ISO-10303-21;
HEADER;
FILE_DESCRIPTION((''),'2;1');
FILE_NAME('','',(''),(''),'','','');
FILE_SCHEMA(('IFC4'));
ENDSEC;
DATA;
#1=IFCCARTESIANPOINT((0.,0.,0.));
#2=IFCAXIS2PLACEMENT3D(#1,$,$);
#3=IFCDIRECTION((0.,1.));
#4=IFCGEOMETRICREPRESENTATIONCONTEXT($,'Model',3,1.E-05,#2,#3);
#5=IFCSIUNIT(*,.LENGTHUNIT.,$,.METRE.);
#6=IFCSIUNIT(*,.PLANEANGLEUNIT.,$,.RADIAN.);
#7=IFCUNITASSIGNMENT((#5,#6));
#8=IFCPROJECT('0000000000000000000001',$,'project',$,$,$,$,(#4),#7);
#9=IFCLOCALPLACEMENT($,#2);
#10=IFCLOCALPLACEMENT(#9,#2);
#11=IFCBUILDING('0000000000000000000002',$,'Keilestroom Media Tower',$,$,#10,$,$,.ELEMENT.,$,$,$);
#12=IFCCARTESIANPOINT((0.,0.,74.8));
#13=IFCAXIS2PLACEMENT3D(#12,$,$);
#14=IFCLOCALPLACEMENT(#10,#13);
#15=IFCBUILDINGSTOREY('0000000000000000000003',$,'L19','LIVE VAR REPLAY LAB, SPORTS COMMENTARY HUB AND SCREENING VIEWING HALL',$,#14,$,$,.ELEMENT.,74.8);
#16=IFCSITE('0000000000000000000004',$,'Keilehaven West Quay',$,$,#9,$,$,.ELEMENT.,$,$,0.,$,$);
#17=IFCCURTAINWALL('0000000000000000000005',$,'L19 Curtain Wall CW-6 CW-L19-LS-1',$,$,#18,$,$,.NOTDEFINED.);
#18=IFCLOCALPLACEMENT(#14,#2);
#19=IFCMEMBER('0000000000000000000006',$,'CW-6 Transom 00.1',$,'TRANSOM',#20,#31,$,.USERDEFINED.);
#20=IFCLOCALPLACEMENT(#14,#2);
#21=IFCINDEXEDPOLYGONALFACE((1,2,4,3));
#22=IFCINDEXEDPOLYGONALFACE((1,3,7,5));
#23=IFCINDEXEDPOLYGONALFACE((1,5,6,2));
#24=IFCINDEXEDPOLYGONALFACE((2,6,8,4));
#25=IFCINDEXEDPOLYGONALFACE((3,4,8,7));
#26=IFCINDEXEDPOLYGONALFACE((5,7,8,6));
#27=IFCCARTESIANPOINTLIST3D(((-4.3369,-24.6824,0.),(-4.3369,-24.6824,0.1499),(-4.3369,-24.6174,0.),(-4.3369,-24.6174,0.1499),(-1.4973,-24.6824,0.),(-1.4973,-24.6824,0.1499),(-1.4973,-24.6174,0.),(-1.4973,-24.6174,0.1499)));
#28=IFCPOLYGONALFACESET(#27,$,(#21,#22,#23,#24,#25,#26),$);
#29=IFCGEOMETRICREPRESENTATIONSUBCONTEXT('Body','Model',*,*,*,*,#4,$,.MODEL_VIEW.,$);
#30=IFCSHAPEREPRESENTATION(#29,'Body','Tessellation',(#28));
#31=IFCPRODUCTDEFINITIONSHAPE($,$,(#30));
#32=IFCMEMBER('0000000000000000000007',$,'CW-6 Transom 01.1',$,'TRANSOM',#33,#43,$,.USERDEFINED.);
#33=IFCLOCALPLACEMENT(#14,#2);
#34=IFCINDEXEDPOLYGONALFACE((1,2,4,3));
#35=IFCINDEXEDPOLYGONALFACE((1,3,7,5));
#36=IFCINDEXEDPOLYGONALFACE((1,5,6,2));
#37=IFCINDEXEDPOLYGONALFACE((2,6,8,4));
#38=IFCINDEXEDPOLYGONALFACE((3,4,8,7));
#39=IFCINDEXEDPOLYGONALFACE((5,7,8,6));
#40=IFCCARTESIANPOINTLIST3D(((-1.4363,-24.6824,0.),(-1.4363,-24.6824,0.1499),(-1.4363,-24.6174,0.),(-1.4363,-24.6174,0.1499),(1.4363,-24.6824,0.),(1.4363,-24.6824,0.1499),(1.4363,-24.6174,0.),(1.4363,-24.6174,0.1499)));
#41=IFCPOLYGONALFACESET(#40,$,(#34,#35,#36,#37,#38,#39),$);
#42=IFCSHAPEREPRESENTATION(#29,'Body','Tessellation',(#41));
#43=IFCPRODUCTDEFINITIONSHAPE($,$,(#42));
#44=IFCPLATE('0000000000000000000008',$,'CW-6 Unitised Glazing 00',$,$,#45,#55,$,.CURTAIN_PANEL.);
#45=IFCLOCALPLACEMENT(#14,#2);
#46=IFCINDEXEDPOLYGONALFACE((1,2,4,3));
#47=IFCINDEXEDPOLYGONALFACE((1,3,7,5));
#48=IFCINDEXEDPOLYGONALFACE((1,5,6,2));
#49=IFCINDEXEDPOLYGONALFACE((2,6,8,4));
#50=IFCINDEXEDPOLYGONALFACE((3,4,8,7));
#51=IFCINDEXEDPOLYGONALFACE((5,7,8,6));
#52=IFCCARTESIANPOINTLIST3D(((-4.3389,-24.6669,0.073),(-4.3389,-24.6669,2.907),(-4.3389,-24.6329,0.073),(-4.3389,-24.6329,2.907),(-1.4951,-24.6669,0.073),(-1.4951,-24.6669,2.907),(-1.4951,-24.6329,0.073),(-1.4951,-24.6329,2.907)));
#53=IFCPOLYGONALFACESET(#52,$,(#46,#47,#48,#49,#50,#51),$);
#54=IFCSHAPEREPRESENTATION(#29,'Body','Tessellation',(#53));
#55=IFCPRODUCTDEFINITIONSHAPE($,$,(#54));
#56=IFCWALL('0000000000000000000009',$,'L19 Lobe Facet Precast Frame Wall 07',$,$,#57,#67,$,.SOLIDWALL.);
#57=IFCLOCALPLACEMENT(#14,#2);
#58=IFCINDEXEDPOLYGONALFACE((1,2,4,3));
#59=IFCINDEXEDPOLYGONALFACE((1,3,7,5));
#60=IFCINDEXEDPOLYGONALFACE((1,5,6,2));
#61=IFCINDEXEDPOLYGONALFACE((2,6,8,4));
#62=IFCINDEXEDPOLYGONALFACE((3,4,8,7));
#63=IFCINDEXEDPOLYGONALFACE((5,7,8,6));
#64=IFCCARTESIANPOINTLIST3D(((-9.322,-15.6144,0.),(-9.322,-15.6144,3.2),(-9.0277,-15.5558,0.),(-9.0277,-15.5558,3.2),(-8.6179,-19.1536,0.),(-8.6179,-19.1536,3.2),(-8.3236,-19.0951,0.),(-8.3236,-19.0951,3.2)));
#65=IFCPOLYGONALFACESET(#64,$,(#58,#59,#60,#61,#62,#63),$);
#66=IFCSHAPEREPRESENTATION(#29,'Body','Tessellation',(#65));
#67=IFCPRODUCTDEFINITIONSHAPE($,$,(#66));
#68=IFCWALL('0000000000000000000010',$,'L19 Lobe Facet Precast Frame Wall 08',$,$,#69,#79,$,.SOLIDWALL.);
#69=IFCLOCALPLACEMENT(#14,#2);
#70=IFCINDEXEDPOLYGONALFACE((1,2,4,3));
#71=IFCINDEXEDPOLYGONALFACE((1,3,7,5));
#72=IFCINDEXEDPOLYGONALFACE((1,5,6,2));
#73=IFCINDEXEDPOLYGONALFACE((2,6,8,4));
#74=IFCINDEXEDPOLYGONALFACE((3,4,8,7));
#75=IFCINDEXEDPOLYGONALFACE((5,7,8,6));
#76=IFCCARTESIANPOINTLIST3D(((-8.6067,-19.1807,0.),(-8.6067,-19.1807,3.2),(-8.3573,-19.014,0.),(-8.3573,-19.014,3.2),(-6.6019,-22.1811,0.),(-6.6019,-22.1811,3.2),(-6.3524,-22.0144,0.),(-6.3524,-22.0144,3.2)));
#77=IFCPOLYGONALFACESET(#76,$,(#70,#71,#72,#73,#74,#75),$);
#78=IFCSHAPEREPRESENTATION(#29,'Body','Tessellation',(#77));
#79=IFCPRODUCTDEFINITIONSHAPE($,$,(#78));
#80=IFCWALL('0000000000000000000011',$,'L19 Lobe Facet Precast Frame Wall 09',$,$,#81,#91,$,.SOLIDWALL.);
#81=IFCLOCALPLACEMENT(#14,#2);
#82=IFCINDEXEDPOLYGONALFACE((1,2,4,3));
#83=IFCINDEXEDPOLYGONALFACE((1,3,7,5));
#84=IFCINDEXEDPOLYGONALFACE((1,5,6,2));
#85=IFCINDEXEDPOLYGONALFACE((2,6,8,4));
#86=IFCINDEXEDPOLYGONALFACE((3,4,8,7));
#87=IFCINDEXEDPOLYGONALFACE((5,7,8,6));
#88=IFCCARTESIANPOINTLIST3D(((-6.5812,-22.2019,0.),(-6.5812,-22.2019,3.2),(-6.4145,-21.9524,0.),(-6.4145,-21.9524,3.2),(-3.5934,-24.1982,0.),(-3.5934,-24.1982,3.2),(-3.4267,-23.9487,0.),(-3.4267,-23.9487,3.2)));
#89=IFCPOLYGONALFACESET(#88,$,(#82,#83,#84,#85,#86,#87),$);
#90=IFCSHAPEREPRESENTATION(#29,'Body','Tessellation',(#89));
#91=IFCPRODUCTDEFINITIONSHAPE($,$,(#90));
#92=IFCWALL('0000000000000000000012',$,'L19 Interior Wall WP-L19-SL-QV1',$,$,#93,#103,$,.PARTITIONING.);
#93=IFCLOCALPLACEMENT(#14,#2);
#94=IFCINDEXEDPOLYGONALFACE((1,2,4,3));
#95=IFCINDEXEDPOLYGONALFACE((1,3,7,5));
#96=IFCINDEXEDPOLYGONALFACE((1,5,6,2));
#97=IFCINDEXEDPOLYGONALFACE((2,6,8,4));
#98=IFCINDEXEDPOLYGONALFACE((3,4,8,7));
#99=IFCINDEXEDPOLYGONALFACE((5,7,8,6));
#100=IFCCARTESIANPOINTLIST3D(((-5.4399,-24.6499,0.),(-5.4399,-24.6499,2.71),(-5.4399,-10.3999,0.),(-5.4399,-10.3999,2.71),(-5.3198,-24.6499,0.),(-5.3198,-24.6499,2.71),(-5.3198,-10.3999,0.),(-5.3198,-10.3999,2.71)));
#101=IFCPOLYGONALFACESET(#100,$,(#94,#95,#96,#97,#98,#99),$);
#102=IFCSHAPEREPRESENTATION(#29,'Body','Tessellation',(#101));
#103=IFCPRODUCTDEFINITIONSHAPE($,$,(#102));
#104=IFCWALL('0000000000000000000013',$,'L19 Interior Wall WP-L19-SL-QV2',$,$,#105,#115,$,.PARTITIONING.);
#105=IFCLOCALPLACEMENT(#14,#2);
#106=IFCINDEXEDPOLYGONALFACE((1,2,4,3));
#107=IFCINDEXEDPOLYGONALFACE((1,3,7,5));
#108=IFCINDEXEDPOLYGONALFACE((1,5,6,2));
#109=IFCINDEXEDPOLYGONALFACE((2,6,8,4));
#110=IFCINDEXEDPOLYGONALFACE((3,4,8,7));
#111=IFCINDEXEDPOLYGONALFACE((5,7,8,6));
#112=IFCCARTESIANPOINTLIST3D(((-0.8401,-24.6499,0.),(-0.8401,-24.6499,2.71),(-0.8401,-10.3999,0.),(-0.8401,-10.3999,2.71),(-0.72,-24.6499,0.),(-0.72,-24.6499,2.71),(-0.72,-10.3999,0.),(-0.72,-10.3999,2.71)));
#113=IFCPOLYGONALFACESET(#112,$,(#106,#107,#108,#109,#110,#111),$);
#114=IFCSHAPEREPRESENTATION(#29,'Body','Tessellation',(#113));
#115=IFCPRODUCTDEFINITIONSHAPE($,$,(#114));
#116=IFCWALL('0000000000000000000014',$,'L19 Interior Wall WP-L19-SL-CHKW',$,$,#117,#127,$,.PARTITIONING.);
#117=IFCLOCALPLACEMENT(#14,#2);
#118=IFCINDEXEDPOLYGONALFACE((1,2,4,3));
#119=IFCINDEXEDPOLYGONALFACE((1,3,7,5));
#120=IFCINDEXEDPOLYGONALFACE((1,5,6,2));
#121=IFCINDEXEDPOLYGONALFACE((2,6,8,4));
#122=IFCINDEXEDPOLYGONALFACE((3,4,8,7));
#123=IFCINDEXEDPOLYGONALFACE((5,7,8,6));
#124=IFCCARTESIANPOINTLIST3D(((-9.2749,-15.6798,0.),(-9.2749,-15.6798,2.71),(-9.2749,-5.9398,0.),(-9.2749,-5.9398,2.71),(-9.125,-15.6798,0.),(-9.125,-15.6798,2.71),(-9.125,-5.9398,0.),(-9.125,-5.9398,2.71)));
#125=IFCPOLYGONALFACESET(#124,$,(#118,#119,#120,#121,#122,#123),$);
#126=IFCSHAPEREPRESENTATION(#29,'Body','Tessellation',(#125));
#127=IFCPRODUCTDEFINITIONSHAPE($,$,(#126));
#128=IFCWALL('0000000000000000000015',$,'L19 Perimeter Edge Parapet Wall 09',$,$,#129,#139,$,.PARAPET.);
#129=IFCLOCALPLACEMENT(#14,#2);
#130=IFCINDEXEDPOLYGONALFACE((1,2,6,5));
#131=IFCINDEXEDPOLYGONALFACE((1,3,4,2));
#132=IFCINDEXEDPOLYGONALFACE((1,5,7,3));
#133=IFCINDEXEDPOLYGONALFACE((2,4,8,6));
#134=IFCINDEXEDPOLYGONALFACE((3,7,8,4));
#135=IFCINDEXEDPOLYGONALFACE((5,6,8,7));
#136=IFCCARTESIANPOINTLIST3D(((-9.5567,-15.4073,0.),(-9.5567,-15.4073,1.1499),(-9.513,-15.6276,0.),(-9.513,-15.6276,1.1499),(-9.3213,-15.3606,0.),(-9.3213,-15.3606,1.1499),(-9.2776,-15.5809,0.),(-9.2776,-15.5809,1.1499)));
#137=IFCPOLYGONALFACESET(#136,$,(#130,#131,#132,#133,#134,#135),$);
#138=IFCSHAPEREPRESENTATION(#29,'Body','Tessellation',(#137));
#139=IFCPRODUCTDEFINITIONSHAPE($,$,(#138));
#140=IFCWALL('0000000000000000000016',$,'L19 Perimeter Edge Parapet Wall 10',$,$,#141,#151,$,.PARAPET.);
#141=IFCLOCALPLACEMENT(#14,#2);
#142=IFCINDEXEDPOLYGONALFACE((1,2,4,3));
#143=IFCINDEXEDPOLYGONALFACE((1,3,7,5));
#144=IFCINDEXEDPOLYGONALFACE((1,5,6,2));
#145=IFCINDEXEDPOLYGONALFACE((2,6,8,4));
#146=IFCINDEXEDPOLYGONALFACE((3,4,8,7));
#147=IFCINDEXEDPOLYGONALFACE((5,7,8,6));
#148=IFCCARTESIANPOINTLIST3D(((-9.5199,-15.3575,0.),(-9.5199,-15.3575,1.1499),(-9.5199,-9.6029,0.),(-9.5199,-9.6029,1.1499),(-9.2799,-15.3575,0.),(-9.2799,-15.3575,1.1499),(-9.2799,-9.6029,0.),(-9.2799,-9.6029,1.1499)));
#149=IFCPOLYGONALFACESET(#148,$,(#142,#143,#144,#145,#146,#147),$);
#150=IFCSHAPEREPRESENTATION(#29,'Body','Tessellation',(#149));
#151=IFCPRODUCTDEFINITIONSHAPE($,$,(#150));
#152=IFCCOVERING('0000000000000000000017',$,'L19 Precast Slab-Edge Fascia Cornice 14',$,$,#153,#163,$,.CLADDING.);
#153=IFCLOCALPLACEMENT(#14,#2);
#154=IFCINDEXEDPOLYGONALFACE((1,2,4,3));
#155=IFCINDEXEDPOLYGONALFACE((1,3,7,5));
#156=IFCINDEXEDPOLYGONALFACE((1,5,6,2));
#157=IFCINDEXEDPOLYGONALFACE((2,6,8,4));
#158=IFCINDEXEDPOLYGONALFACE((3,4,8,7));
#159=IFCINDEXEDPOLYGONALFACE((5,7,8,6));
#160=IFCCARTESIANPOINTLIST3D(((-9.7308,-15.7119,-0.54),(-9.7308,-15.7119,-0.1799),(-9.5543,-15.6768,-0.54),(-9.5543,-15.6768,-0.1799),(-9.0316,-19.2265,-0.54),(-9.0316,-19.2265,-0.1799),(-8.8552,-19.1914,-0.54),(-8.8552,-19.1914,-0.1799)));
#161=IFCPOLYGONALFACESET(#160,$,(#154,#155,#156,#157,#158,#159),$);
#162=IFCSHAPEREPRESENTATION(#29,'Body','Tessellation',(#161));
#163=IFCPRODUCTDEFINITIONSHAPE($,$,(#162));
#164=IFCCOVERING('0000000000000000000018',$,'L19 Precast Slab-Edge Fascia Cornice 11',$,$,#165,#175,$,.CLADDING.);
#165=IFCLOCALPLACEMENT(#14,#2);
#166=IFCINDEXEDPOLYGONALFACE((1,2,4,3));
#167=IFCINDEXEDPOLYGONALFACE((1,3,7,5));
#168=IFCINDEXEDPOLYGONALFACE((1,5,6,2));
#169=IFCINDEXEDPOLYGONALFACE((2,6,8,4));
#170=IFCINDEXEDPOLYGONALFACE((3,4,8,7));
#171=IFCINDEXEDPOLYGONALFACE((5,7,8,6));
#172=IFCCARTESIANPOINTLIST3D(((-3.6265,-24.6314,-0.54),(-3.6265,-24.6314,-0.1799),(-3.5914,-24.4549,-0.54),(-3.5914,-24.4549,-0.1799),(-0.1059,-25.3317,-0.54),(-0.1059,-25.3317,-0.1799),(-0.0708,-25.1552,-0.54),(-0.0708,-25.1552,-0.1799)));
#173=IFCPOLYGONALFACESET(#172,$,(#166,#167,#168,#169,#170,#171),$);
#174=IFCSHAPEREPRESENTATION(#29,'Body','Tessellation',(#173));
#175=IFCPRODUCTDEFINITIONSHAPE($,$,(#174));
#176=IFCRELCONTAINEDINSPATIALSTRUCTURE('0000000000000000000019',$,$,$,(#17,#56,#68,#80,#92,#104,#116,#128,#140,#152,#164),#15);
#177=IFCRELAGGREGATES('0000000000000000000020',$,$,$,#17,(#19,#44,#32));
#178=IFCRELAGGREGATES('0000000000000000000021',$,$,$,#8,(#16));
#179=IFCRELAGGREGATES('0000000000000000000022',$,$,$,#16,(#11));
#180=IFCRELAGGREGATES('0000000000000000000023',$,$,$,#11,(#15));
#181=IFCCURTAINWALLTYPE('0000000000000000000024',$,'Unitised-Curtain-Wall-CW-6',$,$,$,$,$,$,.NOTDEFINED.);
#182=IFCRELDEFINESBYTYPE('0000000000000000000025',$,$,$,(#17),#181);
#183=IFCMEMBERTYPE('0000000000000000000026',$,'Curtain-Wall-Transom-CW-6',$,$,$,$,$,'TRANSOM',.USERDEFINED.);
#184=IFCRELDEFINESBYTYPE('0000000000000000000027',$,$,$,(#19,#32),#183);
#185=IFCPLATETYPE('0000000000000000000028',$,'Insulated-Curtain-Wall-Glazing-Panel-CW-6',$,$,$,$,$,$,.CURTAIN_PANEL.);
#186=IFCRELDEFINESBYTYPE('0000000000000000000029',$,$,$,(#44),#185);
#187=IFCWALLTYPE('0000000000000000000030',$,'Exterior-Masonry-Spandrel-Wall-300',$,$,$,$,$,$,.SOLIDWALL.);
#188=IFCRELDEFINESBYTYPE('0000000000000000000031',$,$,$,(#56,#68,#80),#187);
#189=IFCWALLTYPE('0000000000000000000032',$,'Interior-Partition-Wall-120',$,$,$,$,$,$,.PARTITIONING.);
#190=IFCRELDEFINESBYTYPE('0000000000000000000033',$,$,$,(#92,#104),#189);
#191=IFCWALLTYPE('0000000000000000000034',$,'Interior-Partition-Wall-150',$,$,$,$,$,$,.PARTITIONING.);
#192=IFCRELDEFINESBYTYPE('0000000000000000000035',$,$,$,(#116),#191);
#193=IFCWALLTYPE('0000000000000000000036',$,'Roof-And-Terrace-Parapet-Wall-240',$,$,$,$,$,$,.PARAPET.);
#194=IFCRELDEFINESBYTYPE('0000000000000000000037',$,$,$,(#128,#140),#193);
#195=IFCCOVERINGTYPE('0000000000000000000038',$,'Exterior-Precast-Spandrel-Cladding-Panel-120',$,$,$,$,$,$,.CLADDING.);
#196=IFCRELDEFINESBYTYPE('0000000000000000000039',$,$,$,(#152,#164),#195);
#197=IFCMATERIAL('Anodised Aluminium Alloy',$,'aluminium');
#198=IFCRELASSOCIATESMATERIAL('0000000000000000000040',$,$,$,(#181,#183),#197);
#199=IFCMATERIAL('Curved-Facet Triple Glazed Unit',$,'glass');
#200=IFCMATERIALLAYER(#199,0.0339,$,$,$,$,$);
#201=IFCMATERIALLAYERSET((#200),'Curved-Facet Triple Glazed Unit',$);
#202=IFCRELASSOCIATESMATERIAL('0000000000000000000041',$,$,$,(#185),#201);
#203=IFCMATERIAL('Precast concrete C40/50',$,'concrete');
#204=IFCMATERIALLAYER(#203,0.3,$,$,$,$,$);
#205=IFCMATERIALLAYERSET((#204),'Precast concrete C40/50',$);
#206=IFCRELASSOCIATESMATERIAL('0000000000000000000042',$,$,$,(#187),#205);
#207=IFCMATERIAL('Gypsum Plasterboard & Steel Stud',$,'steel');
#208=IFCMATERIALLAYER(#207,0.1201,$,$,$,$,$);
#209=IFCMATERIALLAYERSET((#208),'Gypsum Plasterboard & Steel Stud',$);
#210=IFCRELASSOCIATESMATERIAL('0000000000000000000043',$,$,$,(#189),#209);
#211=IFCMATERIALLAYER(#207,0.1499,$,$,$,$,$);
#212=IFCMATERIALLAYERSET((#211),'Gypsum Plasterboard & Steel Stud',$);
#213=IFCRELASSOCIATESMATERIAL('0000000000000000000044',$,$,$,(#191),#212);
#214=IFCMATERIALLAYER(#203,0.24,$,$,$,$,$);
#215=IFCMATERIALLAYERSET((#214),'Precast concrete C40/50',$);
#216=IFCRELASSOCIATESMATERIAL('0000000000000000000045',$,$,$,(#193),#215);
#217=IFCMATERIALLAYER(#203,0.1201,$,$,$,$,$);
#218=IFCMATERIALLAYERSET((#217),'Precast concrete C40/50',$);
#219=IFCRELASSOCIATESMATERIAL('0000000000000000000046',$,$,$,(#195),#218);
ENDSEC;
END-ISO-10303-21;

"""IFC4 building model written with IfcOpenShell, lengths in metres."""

from ifc_helpers import new_model, si_unit, direction, frame, frame_2d, origin, origin_2d, place, context, subcontext, project, spatial, rectangle, extrude, source, transform, mapped, material, layer, layer_set, material_profile, profile_set, type_object, element, aggregate, save


model = new_model("IFC4")

# Units and contexts
model_context = context("Model", 3, precision=1e-05, world=origin(), true_north=direction((0.0, 1.0)))
body_context = subcontext(model_context, "Body", "Model", "MODEL_VIEW")
ifc_project = project(units=[si_unit("LENGTHUNIT", "METRE"), si_unit("PLANEANGLEUNIT", "RADIAN")], contexts=[model_context])

# Site, building, storey
site_placement = place(None, origin())
site = spatial("IfcSite", under=ifc_project, at=site_placement, Name="Keilehaven West Quay", CompositionType="ELEMENT", RefElevation=0.0)
building_placement = place(site_placement, origin())
building = spatial("IfcBuilding", under=site, at=building_placement, Name="Keilestroom Media Tower", CompositionType="ELEMENT")
storey_placement = place(building_placement, frame((0.0, 0.0, 74.8)))
storey = spatial("IfcBuildingStorey", under=building, at=storey_placement, Name="L19", Description="LIVE VAR REPLAY LAB, SPORTS COMMENTARY HUB AND SCREENING VIEWING HALL", CompositionType="ELEMENT", Elevation=74.8)

# Curtain wall, members, plate
ifc_material_1 = material(Name="Anodised Aluminium Alloy", Category="aluminium")
curtain_wall_type = type_object("IfcCurtainWallType", Name="Unitised-Curtain-Wall-CW-6", PredefinedType="NOTDEFINED", material=ifc_material_1)
curtain_wall_placement = place(storey_placement, origin())
curtain_wall = element("IfcCurtainWall", 1, at=curtain_wall_placement, inside=storey, type_object=curtain_wall_type, Name="L19 Curtain Wall CW-6 CW-L19-LS-1", PredefinedType="NOTDEFINED")
ifc_material_profile_1 = material_profile(ifc_material_1, rectangle(XDim=0.0649, YDim=0.1499, at=origin_2d()), Name="ALU TRANSOM 65x150")
ifc_profile_set_1 = profile_set([ifc_material_profile_1], Name="Anodised Aluminium Alloy")
member_type_1 = type_object("IfcMemberType", Name="Curtain-Wall-Transom-CW-6", ElementType="TRANSOM", PredefinedType="USERDEFINED", material=ifc_profile_set_1)
shared_shape_1 = source(origin(), body_context, "Body", "SweptSolid", [
    extrude(rectangle(XDim=0.0649, YDim=0.1499, at=origin_2d()), origin(), (0.0, 0.0, 1.0), 2.8396),
])
member_1_placement = place(storey_placement, frame((-4.3369, -24.6499, 0.075), z_axis=(1.0, 0.0, 0.0), x_axis=(0.0, 1.0, 0.0)))
member_1 = element("IfcMember", 2, at=member_1_placement, type_object=member_type_1, Name="CW-6 Transom 00.1", ObjectType="TRANSOM", PredefinedType="USERDEFINED", context=body_context, shape_type="MappedRepresentation", body=[
    mapped(shared_shape_1, transform((0.0, 0.0, 0.0), x_axis=(1.0, 0.0, 0.0), y_axis=(0.0, 1.0, 0.0), z_axis=(0.0, 0.0, 1.0), scale=1.0)),
])
shared_shape_2 = source(origin(), body_context, "Body", "SweptSolid", [
    extrude(rectangle(XDim=0.0649, YDim=0.1499, at=origin_2d()), origin(), (0.0, 0.0, 1.0), 2.8726),
])
member_2_placement = place(storey_placement, frame((-1.4363, -24.6499, 0.075), z_axis=(1.0, 0.0, 0.0), x_axis=(0.0, 1.0, 0.0)))
member_2 = element("IfcMember", 3, at=member_2_placement, type_object=member_type_1, Name="CW-6 Transom 01.1", ObjectType="TRANSOM", PredefinedType="USERDEFINED", context=body_context, shape_type="MappedRepresentation", body=[
    mapped(shared_shape_2, transform((0.0, 0.0, 0.0), x_axis=(1.0, 0.0, 0.0), y_axis=(0.0, 1.0, 0.0), z_axis=(0.0, 0.0, 1.0), scale=1.0)),
])
ifc_material_2 = material(Name="Curved-Facet Triple Glazed Unit", Category="glass")
ifc_layer_1 = layer(ifc_material_2, 0.0339)
ifc_layer_set_1 = layer_set([ifc_layer_1], Name="Curved-Facet Triple Glazed Unit")
plate_type = type_object("IfcPlateType", Name="Insulated-Curtain-Wall-Glazing-Panel-CW-6", PredefinedType="CURTAIN_PANEL", material=ifc_layer_set_1)
shared_shape_3 = source(origin(), body_context, "Body", "SweptSolid", [
    extrude(rectangle(XDim=2.8438, YDim=0.0339, at=origin_2d()), origin(), (0.0, 0.0, 1.0), 2.834),
])
plate_placement = place(storey_placement, frame((-2.917, -24.6499, 0.073), z_axis=(0.0, 0.0, 1.0), x_axis=(1.0, 0.0, 0.0)))
plate = element("IfcPlate", 4, at=plate_placement, type_object=plate_type, Name="CW-6 Unitised Glazing 00", PredefinedType="CURTAIN_PANEL", context=body_context, shape_type="MappedRepresentation", body=[
    mapped(shared_shape_3, transform((0.0, 0.0, 0.0), x_axis=(1.0, 0.0, 0.0), y_axis=(0.0, 1.0, 0.0), z_axis=(0.0, 0.0, 1.0), scale=1.0)),
])
aggregate(curtain_wall, [member_1, plate, member_2])

# Walls
ifc_material_3 = material(Name="Precast concrete C40/50", Category="concrete")
ifc_layer_2 = layer(ifc_material_3, 0.3)
ifc_layer_set_2 = layer_set([ifc_layer_2], Name="Precast concrete C40/50")
wall_type_1 = type_object("IfcWallType", Name="Exterior-Masonry-Spandrel-Wall-300", PredefinedType="SOLIDWALL", material=ifc_layer_set_2)
for number, where, z_axis, x_axis, name in (
    (5, (-9.1748, -15.5852, 0.0), (0.0, 0.0, 1.0), (0.195114, -0.980781, 0.0), "L19 Lobe Facet Precast Frame Wall 07"),
    (6, (-8.4819, -19.0974, 0.0), (0.0, 0.0, 1.0), (0.555574, -0.831467, 0.0), "L19 Lobe Facet Precast Frame Wall 08"),
):
    element("IfcWall", number, at=place(storey_placement, frame(where, z_axis=z_axis, x_axis=x_axis)), inside=storey, type_object=wall_type_1, Name=name, PredefinedType="SOLIDWALL", context=body_context, shape_type="SweptSolid", body=[
        extrude(rectangle(XDim=3.6086, YDim=0.3, at=frame_2d((1.8042, 0.0))), origin(), (0.0, 0.0, 1.0), 3.2),
    ])
wall_1_placement = place(storey_placement, frame((-6.4978, -22.0771, 0.0), z_axis=(0.0, 0.0, 1.0), x_axis=(0.831475, -0.555562, 0.0)))
element("IfcWall", 7, at=wall_1_placement, inside=storey, type_object=wall_type_1, Name="L19 Lobe Facet Precast Frame Wall 09", PredefinedType="SOLIDWALL", context=body_context, shape_type="SweptSolid", body=[
    extrude(rectangle(XDim=3.5933, YDim=0.3, at=frame_2d((1.7966, 0.0))), origin(), (0.0, 0.0, 1.0), 3.2),
])
ifc_material_4 = material(Name="Gypsum Plasterboard & Steel Stud", Category="steel")
ifc_layer_3 = layer(ifc_material_4, 0.1201)
ifc_layer_set_3 = layer_set([ifc_layer_3], Name="Gypsum Plasterboard & Steel Stud")
wall_type_2 = type_object("IfcWallType", Name="Interior-Partition-Wall-120", PredefinedType="PARTITIONING", material=ifc_layer_set_3)
for number, where, z_axis, x_axis, name in (
    (8, (-5.3799, -24.6499, 0.0), (0.0, 0.0, 1.0), (0.0, 1.0, 0.0), "L19 Interior Wall WP-L19-SL-QV1"),
    (9, (-0.78, -24.6499, 0.0), (0.0, 0.0, 1.0), (0.0, 1.0, 0.0), "L19 Interior Wall WP-L19-SL-QV2"),
):
    element("IfcWall", number, at=place(storey_placement, frame(where, z_axis=z_axis, x_axis=x_axis)), inside=storey, type_object=wall_type_2, Name=name, PredefinedType="PARTITIONING", context=body_context, shape_type="SweptSolid", body=[
        extrude(rectangle(XDim=14.25, YDim=0.1201, at=frame_2d((7.125, 0.0))), origin(), (0.0, 0.0, 1.0), 2.71),
    ])
ifc_layer_4 = layer(ifc_material_4, 0.1499)
ifc_layer_set_4 = layer_set([ifc_layer_4], Name="Gypsum Plasterboard & Steel Stud")
wall_type_3 = type_object("IfcWallType", Name="Interior-Partition-Wall-150", PredefinedType="PARTITIONING", material=ifc_layer_set_4)
wall_2_placement = place(storey_placement, frame((-9.2, -15.6799, 0.0), z_axis=(0.0, 0.0, 1.0), x_axis=(0.0, 1.0, 0.0)))
element("IfcWall", 10, at=wall_2_placement, inside=storey, type_object=wall_type_3, Name="L19 Interior Wall WP-L19-SL-CHKW", PredefinedType="PARTITIONING", context=body_context, shape_type="SweptSolid", body=[
    extrude(rectangle(XDim=9.74, YDim=0.1499, at=frame_2d((4.8701, 0.0))), origin(), (0.0, 0.0, 1.0), 2.71),
])
ifc_layer_5 = layer(ifc_material_3, 0.24)
ifc_layer_set_5 = layer_set([ifc_layer_5], Name="Precast concrete C40/50")
wall_type_4 = type_object("IfcWallType", Name="Roof-And-Terrace-Parapet-Wall-240", PredefinedType="PARAPET", material=ifc_layer_set_5)
wall_3_placement = place(storey_placement, frame((-9.3953, -15.6042, 0.0), z_axis=(0.0, 0.0, 1.0), x_axis=(-0.194652, 0.980872, 0.0)))
element("IfcWall", 11, at=wall_3_placement, inside=storey, type_object=wall_type_4, Name="L19 Perimeter Edge Parapet Wall 09", PredefinedType="PARAPET", context=body_context, shape_type="SweptSolid", body=[
    extrude(rectangle(XDim=0.2246, YDim=0.24, at=frame_2d((0.1123, 0.0))), origin(), (0.0, 0.0, 1.0), 1.1499),
])
wall_4_placement = place(storey_placement, frame((-9.3999, -15.3577, 0.0), z_axis=(0.0, 0.0, 1.0), x_axis=(0.0, 1.0, 0.0)))
element("IfcWall", 12, at=wall_4_placement, inside=storey, type_object=wall_type_4, Name="L19 Perimeter Edge Parapet Wall 10", PredefinedType="PARAPET", context=body_context, shape_type="SweptSolid", body=[
    extrude(rectangle(XDim=5.7546, YDim=0.24, at=frame_2d((2.8774, 0.0))), origin(), (0.0, 0.0, 1.0), 1.1499),
])

# Coverings
ifc_layer_6 = layer(ifc_material_3, 0.1201)
ifc_layer_set_6 = layer_set([ifc_layer_6], Name="Precast concrete C40/50")
covering_type = type_object("IfcCoveringType", Name="Exterior-Precast-Spandrel-Cladding-Panel-120", PredefinedType="CLADDING", material=ifc_layer_set_6)
shared_shape_4 = source(origin(), body_context, "Body", "SweptSolid", [
    extrude(rectangle(XDim=3.5835, YDim=0.1799, at=origin_2d()), origin(), (0.0, 0.0, 1.0), 0.3601),
])
covering_placement = place(storey_placement, frame((-9.293, -17.4517, -0.54), z_axis=(0.0, 0.0, 1.0), x_axis=(-0.195099, 0.980784, 0.0)))
element("IfcCovering", 13, at=covering_placement, inside=storey, type_object=covering_type, Name="L19 Precast Slab-Edge Fascia Cornice 14", PredefinedType="CLADDING", context=body_context, shape_type="MappedRepresentation", body=[
    mapped(shared_shape_4, transform((0.0, 0.0, 0.0), x_axis=(1.0, 0.0, 0.0), y_axis=(0.0, 1.0, 0.0), z_axis=(0.0, 0.0, 1.0), scale=1.0)),
])
shared_shape_5 = source(origin(), body_context, "Body", "SweptSolid", [
    extrude(rectangle(XDim=3.5896, YDim=0.1799, at=origin_2d()), origin(), (0.0, 0.0, 1.0), 0.3601),
])
for number, where, z_axis, x_axis, name in (
    (14, (-1.8486, -24.8933, -0.54), (0.0, 0.0, 1.0), (-0.980784, 0.195099, 0.0), "L19 Precast Slab-Edge Fascia Cornice 11"),
):
    element("IfcCovering", number, at=place(storey_placement, frame(where, z_axis=z_axis, x_axis=x_axis)), inside=storey, type_object=covering_type, Name=name, PredefinedType="CLADDING", context=body_context, shape_type="MappedRepresentation", body=[
        mapped(shared_shape_5, transform((0.0, 0.0, 0.0), x_axis=(1.0, 0.0, 0.0), y_axis=(0.0, 1.0, 0.0), z_axis=(0.0, 0.0, 1.0), scale=1.0)),
    ])

save(model, "model.ifc")
